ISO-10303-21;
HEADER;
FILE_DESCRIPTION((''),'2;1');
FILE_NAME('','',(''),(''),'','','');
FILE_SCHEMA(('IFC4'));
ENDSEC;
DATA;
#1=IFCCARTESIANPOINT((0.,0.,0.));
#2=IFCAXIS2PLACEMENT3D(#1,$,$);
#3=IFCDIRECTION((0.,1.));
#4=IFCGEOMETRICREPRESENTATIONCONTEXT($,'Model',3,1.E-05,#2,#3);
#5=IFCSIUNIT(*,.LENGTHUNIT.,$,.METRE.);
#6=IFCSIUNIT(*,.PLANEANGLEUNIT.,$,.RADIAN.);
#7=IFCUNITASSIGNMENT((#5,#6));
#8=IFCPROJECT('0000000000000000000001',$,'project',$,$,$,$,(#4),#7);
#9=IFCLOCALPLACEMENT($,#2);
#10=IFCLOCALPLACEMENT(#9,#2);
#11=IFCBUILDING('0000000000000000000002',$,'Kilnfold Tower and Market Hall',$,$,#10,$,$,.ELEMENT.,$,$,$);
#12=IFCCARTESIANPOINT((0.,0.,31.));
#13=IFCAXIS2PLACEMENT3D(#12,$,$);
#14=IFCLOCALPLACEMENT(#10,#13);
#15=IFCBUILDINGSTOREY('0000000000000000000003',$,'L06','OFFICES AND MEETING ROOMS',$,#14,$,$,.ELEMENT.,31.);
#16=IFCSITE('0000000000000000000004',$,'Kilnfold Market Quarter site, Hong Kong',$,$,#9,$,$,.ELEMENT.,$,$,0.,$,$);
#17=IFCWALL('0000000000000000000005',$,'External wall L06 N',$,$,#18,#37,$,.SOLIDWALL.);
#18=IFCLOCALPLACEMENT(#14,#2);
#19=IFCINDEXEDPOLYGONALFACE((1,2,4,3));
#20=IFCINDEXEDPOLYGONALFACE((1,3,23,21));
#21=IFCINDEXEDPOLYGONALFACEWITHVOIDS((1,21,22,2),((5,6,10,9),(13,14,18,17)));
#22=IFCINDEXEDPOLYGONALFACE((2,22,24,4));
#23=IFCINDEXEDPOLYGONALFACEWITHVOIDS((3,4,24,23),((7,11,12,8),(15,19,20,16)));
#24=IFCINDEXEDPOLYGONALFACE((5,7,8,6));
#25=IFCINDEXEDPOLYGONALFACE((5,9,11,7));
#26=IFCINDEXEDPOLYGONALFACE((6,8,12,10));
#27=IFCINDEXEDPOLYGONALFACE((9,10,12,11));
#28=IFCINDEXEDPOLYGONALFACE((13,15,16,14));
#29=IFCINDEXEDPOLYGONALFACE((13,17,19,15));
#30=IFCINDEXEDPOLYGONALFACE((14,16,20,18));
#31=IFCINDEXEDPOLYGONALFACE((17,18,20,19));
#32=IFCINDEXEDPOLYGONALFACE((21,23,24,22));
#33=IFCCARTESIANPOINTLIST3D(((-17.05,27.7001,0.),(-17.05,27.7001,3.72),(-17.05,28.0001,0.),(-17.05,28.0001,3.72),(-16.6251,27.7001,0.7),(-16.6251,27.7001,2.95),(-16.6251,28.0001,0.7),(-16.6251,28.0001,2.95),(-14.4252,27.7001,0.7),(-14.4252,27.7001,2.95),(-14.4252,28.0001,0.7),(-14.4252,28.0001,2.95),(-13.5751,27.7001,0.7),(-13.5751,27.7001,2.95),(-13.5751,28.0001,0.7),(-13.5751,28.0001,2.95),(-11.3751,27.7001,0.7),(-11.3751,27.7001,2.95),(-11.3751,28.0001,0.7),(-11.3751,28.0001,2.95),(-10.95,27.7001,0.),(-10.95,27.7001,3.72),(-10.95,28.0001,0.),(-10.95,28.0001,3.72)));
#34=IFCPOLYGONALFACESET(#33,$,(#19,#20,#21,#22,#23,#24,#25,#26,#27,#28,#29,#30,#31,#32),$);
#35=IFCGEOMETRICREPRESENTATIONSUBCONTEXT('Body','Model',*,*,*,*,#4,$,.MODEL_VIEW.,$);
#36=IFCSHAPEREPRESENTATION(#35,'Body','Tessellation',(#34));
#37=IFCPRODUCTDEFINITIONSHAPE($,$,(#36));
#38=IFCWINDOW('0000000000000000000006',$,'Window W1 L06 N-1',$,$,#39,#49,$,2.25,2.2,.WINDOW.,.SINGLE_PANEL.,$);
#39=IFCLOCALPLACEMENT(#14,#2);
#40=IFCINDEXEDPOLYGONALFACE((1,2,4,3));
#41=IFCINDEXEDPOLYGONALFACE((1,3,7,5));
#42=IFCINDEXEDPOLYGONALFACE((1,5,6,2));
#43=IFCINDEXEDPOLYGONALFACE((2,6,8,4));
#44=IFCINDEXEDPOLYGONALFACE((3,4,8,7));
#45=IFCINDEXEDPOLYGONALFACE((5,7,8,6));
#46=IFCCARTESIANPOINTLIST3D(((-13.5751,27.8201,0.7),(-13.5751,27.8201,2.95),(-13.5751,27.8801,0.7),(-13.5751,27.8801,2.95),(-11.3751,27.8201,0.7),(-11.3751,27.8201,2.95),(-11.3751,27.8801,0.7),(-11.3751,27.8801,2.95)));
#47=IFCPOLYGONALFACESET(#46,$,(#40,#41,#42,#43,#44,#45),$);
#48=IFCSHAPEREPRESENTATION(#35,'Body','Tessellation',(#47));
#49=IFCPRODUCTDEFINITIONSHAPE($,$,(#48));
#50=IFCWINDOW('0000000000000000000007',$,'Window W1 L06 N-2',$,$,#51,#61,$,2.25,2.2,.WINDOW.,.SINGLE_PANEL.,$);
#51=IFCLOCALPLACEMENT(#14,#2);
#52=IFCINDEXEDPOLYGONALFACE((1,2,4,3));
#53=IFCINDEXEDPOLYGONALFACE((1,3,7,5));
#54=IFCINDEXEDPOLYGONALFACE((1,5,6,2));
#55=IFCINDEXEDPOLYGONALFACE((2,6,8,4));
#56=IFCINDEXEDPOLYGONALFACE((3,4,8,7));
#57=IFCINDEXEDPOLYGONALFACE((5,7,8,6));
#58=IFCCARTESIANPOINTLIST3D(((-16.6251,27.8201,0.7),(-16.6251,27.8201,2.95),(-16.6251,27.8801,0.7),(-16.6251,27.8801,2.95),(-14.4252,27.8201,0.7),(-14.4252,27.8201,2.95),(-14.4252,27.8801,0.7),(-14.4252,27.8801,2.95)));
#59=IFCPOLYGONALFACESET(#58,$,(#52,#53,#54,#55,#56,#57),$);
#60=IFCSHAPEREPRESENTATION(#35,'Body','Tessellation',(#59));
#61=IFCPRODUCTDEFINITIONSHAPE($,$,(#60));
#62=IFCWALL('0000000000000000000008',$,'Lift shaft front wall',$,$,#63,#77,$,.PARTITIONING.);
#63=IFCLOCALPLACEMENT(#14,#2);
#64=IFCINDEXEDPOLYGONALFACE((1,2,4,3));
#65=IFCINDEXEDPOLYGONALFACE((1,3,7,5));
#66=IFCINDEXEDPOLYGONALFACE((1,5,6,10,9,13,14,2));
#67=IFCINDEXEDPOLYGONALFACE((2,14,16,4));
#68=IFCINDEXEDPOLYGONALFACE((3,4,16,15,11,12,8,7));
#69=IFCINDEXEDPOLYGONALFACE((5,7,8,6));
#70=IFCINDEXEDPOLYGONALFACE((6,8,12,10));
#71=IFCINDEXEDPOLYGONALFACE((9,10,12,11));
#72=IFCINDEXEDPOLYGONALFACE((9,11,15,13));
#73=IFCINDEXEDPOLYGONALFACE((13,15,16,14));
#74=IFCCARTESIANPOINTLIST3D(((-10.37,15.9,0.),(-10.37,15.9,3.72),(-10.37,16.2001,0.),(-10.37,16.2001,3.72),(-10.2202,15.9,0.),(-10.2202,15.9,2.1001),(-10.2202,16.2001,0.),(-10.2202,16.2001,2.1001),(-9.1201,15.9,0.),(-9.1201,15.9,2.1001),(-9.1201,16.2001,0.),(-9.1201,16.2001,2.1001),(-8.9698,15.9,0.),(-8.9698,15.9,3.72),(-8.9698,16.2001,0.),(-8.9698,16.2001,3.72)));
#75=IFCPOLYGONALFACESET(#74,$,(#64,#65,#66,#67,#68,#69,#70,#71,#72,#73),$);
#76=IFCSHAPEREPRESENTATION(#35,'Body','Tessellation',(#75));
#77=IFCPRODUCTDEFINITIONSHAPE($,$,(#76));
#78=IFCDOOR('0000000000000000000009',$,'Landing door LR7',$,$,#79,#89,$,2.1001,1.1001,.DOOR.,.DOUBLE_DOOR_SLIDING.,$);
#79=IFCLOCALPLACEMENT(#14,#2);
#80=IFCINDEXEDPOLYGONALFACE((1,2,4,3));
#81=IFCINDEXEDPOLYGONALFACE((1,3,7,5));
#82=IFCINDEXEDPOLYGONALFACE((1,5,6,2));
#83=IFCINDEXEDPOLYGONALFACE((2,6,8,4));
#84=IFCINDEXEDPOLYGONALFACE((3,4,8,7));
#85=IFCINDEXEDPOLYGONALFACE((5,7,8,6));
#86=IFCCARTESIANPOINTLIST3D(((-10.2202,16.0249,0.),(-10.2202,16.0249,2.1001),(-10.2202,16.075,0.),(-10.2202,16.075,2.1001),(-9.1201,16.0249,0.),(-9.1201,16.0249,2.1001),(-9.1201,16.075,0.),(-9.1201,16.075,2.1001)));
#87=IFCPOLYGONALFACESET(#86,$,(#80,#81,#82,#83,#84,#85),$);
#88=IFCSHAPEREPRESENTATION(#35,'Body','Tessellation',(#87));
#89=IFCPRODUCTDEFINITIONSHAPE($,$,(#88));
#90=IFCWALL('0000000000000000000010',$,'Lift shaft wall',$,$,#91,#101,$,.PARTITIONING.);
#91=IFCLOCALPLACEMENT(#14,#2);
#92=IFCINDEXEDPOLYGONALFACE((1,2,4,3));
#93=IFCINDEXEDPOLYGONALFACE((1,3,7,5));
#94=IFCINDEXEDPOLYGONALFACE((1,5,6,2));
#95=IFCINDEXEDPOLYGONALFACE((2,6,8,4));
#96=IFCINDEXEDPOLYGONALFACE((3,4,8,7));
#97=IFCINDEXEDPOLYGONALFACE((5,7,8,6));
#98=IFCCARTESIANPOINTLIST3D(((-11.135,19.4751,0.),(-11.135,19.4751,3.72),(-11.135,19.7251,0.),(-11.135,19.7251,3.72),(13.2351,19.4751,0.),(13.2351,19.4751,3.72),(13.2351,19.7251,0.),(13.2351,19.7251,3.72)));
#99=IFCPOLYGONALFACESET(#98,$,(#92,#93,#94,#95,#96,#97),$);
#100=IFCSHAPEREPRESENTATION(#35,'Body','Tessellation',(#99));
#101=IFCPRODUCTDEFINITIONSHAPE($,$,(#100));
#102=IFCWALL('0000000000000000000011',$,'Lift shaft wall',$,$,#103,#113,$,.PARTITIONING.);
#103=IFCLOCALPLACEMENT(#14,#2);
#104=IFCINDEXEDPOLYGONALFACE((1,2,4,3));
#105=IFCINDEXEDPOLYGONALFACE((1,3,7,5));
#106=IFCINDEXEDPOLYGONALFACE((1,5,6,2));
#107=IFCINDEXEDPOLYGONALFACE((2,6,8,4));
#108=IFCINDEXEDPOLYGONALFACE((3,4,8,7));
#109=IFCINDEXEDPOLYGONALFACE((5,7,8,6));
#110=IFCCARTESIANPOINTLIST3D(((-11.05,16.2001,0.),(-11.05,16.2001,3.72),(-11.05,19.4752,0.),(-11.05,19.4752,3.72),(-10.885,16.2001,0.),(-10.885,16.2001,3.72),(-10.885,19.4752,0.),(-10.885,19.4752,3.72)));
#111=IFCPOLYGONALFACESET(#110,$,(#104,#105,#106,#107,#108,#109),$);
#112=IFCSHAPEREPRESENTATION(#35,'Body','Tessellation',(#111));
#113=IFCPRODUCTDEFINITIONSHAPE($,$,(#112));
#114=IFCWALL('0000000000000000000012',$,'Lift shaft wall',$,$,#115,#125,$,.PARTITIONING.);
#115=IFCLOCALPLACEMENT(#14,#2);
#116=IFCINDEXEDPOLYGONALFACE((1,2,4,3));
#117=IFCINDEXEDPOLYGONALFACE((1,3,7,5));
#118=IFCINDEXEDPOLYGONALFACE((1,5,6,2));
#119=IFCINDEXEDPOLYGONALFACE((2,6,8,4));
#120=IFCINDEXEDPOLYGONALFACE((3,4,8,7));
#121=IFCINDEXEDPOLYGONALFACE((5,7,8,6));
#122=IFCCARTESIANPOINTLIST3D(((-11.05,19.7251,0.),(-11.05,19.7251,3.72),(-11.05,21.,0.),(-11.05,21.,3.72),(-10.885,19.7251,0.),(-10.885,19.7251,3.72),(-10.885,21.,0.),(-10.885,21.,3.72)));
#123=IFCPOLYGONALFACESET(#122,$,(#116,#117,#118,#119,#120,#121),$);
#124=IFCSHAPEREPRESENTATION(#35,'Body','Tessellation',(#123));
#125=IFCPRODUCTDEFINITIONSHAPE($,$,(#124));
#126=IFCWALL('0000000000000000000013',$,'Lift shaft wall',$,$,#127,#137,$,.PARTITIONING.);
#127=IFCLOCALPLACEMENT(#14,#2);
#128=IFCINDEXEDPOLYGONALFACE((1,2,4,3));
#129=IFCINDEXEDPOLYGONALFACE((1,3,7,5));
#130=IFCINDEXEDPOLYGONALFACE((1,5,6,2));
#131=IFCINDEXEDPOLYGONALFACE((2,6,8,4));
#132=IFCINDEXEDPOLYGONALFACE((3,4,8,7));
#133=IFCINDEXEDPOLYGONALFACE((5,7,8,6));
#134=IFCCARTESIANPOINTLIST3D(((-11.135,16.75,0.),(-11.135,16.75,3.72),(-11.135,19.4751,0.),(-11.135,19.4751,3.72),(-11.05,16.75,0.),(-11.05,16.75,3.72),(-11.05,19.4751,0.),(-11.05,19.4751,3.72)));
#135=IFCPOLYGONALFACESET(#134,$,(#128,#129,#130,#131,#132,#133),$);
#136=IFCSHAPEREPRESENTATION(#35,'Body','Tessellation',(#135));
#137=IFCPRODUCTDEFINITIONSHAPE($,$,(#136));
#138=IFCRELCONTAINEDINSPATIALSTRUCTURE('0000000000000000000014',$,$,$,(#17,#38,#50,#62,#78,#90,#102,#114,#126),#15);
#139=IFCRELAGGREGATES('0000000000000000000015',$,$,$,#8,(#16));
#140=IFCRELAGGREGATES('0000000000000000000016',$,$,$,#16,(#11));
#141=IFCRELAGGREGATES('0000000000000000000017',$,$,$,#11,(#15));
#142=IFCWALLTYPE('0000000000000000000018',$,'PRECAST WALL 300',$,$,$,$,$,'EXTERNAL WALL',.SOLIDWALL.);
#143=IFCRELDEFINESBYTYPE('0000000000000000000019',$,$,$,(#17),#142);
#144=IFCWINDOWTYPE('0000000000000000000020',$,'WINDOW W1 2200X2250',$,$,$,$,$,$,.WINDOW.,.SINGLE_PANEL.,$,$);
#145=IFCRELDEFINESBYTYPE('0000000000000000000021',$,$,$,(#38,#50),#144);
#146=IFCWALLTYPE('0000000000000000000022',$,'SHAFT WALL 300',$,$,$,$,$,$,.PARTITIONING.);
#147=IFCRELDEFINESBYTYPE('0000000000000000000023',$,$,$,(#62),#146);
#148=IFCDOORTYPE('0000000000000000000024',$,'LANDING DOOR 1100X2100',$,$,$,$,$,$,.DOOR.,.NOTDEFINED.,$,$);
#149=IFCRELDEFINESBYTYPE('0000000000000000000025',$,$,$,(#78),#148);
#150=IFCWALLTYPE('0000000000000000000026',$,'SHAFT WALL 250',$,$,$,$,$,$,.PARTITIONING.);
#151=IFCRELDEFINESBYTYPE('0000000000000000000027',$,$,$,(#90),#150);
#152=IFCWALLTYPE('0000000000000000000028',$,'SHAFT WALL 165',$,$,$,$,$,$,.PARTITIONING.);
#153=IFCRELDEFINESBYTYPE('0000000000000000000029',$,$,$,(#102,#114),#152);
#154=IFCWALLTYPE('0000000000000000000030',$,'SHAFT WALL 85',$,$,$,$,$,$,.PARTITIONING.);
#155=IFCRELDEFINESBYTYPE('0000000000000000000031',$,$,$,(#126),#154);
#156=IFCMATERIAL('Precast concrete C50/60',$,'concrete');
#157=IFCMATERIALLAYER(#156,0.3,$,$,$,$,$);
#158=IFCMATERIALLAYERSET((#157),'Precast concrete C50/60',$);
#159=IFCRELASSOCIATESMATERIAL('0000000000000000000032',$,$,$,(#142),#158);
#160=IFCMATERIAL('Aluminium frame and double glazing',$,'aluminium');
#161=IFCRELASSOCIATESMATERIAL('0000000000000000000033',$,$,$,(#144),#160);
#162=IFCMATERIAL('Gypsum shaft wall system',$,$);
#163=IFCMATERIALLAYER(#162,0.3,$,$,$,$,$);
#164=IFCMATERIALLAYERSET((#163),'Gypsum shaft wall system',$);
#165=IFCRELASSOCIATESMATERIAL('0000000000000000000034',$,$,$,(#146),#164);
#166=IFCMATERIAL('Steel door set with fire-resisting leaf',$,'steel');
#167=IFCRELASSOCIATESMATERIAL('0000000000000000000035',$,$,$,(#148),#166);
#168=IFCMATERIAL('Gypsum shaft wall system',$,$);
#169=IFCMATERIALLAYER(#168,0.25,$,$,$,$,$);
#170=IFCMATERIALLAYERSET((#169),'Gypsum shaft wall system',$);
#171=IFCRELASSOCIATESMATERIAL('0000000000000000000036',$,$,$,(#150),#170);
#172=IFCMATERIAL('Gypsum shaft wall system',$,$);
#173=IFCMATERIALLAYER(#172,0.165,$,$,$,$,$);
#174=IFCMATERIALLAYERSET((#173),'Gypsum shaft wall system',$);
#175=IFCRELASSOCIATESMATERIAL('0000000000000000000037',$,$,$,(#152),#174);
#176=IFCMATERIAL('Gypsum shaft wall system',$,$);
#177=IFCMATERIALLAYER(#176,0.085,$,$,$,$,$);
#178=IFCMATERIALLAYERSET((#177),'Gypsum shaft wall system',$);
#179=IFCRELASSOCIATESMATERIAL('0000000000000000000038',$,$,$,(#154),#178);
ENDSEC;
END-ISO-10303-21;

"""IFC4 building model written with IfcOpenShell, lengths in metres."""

from ifc_helpers import new_model, si_unit, direction, frame, frame_2d, origin, place, context, subcontext, project, spatial, rectangle, extrude, source, transform, mapped, material, layer, layer_set, type_object, element, fill, save


model = new_model("IFC4")

# Units and contexts
model_context = context("Model", 3, precision=1e-05, world=origin(), true_north=direction((0.0, 1.0)))
body_context = subcontext(model_context, "Body", "Model", "MODEL_VIEW")
ifc_project = project(units=[si_unit("LENGTHUNIT", "METRE"), si_unit("PLANEANGLEUNIT", "RADIAN")], contexts=[model_context])

# Site, building, storey
site_placement = place(None, origin())
site = spatial("IfcSite", under=ifc_project, at=site_placement, Name="Kilnfold Market Quarter site, Hong Kong", CompositionType="ELEMENT", RefElevation=0.0)
building_placement = place(site_placement, origin())
building = spatial("IfcBuilding", under=site, at=building_placement, Name="Kilnfold Tower and Market Hall", CompositionType="ELEMENT")
storey_placement = place(building_placement, frame((0.0, 0.0, 31.0)))
storey = spatial("IfcBuildingStorey", under=building, at=storey_placement, Name="L06", Description="OFFICES AND MEETING ROOMS", CompositionType="ELEMENT", Elevation=31.0)

# Wall, openings, windows
ifc_material_1 = material(Name="Precast concrete C50/60", Category="concrete")
ifc_layer_1 = layer(ifc_material_1, 0.3)
ifc_layer_set_1 = layer_set([ifc_layer_1], Name="Precast concrete C50/60")
wall_type_1 = type_object("IfcWallType", Name="PRECAST WALL 300", ElementType="EXTERNAL WALL", PredefinedType="SOLIDWALL", material=ifc_layer_set_1)
shared_shape_1 = source(origin(), body_context, "Body", "SweptSolid", [
    extrude(rectangle(XDim=6.1001, YDim=0.3, at=frame_2d((3.05, 0.0))), origin(), (0.0, 0.0, 1.0), 3.72),
])
wall_1_placement = place(storey_placement, frame((-10.95, 27.8501, 0.0), z_axis=(0.0, 0.0, 1.0), x_axis=(-1.0, 0.0, 0.0)))
wall_1 = element("IfcWall", 1, at=wall_1_placement, inside=storey, type_object=wall_type_1, Name="External wall L06 N", PredefinedType="SOLIDWALL", context=body_context, shape_type="MappedRepresentation", body=[
    mapped(shared_shape_1, transform((0.0, 0.0, 0.0))),
])
opening_1_placement = place(wall_1_placement, frame((0.425, 0.0, 0.7)))
opening_1 = element("IfcOpeningElement", 2, at=opening_1_placement, cuts=wall_1, PredefinedType="OPENING", context=body_context, shape_type="SweptSolid", body=[
    extrude(rectangle(XDim=2.2, YDim=2.25, at=frame_2d((1.1001, 1.125))), frame((0.0, 0.1602, 0.0), z_axis=(0.0, -1.0, 0.0), x_axis=(1.0, 0.0, 0.0)), (0.0, 0.0, 1.0), 0.3201),
])
opening_2_placement = place(wall_1_placement, frame((3.4751, 0.0, 0.7)))
opening_2 = element("IfcOpeningElement", 3, at=opening_2_placement, cuts=wall_1, PredefinedType="OPENING", context=body_context, shape_type="SweptSolid", body=[
    extrude(rectangle(XDim=2.2, YDim=2.25, at=frame_2d((1.1001, 1.125))), frame((0.0, 0.1602, 0.0), z_axis=(0.0, -1.0, 0.0), x_axis=(1.0, 0.0, 0.0)), (0.0, 0.0, 1.0), 0.3201),
])
ifc_material_2 = material(Name="Aluminium frame and double glazing", Category="aluminium")
window_type = type_object("IfcWindowType", Name="WINDOW W1 2200X2250", PartitioningType="SINGLE_PANEL", PredefinedType="WINDOW", material=ifc_material_2)
window_1_placement = place(opening_1_placement, origin())
window_1 = element("IfcWindow", 4, at=window_1_placement, inside=storey, type_object=window_type, Name="Window W1 L06 N-1", OverallHeight=2.25, OverallWidth=2.2, PartitioningType="SINGLE_PANEL", PredefinedType="WINDOW", context=body_context, shape_type="SweptSolid", body=[
    extrude(rectangle(XDim=2.2, YDim=2.25, at=frame_2d((1.1001, 1.125))), frame((0.0, 0.03, 0.0), z_axis=(0.0, -1.0, 0.0), x_axis=(1.0, 0.0, 0.0)), (0.0, 0.0, 1.0), 0.0601),
])
fill(opening_1, window_1)
window_2_placement = place(opening_2_placement, origin())
window_2 = element("IfcWindow", 5, at=window_2_placement, inside=storey, type_object=window_type, Name="Window W1 L06 N-2", OverallHeight=2.25, OverallWidth=2.2, PartitioningType="SINGLE_PANEL", PredefinedType="WINDOW", context=body_context, shape_type="SweptSolid", body=[
    extrude(rectangle(XDim=2.2, YDim=2.25, at=frame_2d((1.1001, 1.125))), frame((0.0, 0.03, 0.0), z_axis=(0.0, -1.0, 0.0), x_axis=(1.0, 0.0, 0.0)), (0.0, 0.0, 1.0), 0.0601),
])
fill(opening_2, window_2)

# Wall, opening, door
ifc_material_3 = material(Name="Gypsum shaft wall system")
ifc_layer_2 = layer(ifc_material_3, 0.3)
ifc_layer_set_2 = layer_set([ifc_layer_2], Name="Gypsum shaft wall system")
wall_type_2 = type_object("IfcWallType", Name="SHAFT WALL 300", PredefinedType="PARTITIONING", material=ifc_layer_set_2)
shared_shape_2 = source(origin(), body_context, "Body", "SweptSolid", [
    extrude(rectangle(XDim=1.4001, YDim=0.3, at=frame_2d((0.7002, 0.0))), origin(), (0.0, 0.0, 1.0), 3.72),
])
wall_2_placement = place(storey_placement, frame((-10.3701, 16.05, 0.0), z_axis=(0.0, 0.0, 1.0), x_axis=(1.0, 0.0, 0.0)))
wall_2 = element("IfcWall", 6, at=wall_2_placement, inside=storey, type_object=wall_type_2, Name="Lift shaft front wall", PredefinedType="PARTITIONING", context=body_context, shape_type="MappedRepresentation", body=[
    mapped(shared_shape_2, transform((0.0, 0.0, 0.0))),
])
opening_3_placement = place(wall_2_placement, frame((0.1499, 0.0, 0.0)))
opening_3 = element("IfcOpeningElement", 7, at=opening_3_placement, cuts=wall_2, PredefinedType="OPENING", context=body_context, shape_type="SweptSolid", body=[
    extrude(rectangle(XDim=1.1001, YDim=2.1001, at=frame_2d((0.55, 1.05))), frame((0.0, 0.1602, 0.0), z_axis=(0.0, -1.0, 0.0), x_axis=(1.0, 0.0, 0.0)), (0.0, 0.0, 1.0), 0.3201),
])
ifc_material_4 = material(Name="Steel door set with fire-resisting leaf", Category="steel")
door_type_1 = type_object("IfcDoorType", Name="LANDING DOOR 1100X2100", OperationType="NOTDEFINED", PredefinedType="DOOR", material=ifc_material_4)
door_1_placement = place(opening_3_placement, origin())
door_1 = element("IfcDoor", 8, at=door_1_placement, inside=storey, type_object=door_type_1, Name="Landing door LR7", OperationType="DOUBLE_DOOR_SLIDING", OverallHeight=2.1001, OverallWidth=1.1001, PredefinedType="DOOR", context=body_context, shape_type="SweptSolid", body=[
    extrude(rectangle(XDim=1.1001, YDim=2.1001, at=frame_2d((0.55, 1.05))), frame((0.0, 0.0249, 0.0), z_axis=(0.0, -1.0, 0.0), x_axis=(1.0, 0.0, 0.0)), (0.0, 0.0, 1.0), 0.05),
])
fill(opening_3, door_1)

# Walls
ifc_material_5 = material(Name="Gypsum shaft wall system")
ifc_layer_3 = layer(ifc_material_5, 0.25)
ifc_layer_set_3 = layer_set([ifc_layer_3], Name="Gypsum shaft wall system")
wall_type_3 = type_object("IfcWallType", Name="SHAFT WALL 250", PredefinedType="PARTITIONING", material=ifc_layer_set_3)
shared_shape_3 = source(origin(), body_context, "Body", "SweptSolid", [
    extrude(rectangle(XDim=24.3701, YDim=0.25, at=frame_2d((12.1851, 0.0))), origin(), (0.0, 0.0, 1.0), 3.72),
])
wall_3_placement = place(storey_placement, frame((-11.135, 19.6001, 0.0), z_axis=(0.0, 0.0, 1.0), x_axis=(1.0, 0.0, 0.0)))
element("IfcWall", 9, at=wall_3_placement, inside=storey, type_object=wall_type_3, Name="Lift shaft wall", PredefinedType="PARTITIONING", context=body_context, shape_type="MappedRepresentation", body=[
    mapped(shared_shape_3, transform((0.0, 0.0, 0.0))),
])
ifc_material_6 = material(Name="Gypsum shaft wall system")
ifc_layer_4 = layer(ifc_material_6, 0.165)
ifc_layer_set_4 = layer_set([ifc_layer_4], Name="Gypsum shaft wall system")
wall_type_4 = type_object("IfcWallType", Name="SHAFT WALL 165", PredefinedType="PARTITIONING", material=ifc_layer_set_4)
shared_shape_4 = source(origin(), body_context, "Body", "SweptSolid", [
    extrude(rectangle(XDim=3.2751, YDim=0.165, at=frame_2d((1.6377, 0.0))), origin(), (0.0, 0.0, 1.0), 3.72),
])
wall_4_placement = place(storey_placement, frame((-10.9675, 16.2, 0.0), z_axis=(0.0, 0.0, 1.0), x_axis=(0.0, 1.0, 0.0)))
element("IfcWall", 10, at=wall_4_placement, inside=storey, type_object=wall_type_4, Name="Lift shaft wall", PredefinedType="PARTITIONING", context=body_context, shape_type="MappedRepresentation", body=[
    mapped(shared_shape_4, transform((0.0, 0.0, 0.0))),
])
shared_shape_5 = source(origin(), body_context, "Body", "SweptSolid", [
    extrude(rectangle(XDim=1.2749, YDim=0.165, at=frame_2d((0.6375, 0.0))), origin(), (0.0, 0.0, 1.0), 3.72),
])
wall_5_placement = place(storey_placement, frame((-10.9675, 19.7251, 0.0), z_axis=(0.0, 0.0, 1.0), x_axis=(0.0, 1.0, 0.0)))
element("IfcWall", 11, at=wall_5_placement, inside=storey, type_object=wall_type_4, Name="Lift shaft wall", PredefinedType="PARTITIONING", context=body_context, shape_type="MappedRepresentation", body=[
    mapped(shared_shape_5, transform((0.0, 0.0, 0.0))),
])
ifc_material_7 = material(Name="Gypsum shaft wall system")
ifc_layer_5 = layer(ifc_material_7, 0.085)
ifc_layer_set_5 = layer_set([ifc_layer_5], Name="Gypsum shaft wall system")
wall_type_5 = type_object("IfcWallType", Name="SHAFT WALL 85", PredefinedType="PARTITIONING", material=ifc_layer_set_5)
shared_shape_6 = source(origin(), body_context, "Body", "SweptSolid", [
    extrude(rectangle(XDim=2.7251, YDim=0.085, at=frame_2d((1.3625, 0.0))), origin(), (0.0, 0.0, 1.0), 3.72),
])
wall_6_placement = place(storey_placement, frame((-11.0925, 16.75, 0.0), z_axis=(0.0, 0.0, 1.0), x_axis=(0.0, 1.0, 0.0)))
element("IfcWall", 12, at=wall_6_placement, inside=storey, type_object=wall_type_5, Name="Lift shaft wall", PredefinedType="PARTITIONING", context=body_context, shape_type="MappedRepresentation", body=[
    mapped(shared_shape_6, transform((0.0, 0.0, 0.0))),
])

save(model, "model.ifc")
